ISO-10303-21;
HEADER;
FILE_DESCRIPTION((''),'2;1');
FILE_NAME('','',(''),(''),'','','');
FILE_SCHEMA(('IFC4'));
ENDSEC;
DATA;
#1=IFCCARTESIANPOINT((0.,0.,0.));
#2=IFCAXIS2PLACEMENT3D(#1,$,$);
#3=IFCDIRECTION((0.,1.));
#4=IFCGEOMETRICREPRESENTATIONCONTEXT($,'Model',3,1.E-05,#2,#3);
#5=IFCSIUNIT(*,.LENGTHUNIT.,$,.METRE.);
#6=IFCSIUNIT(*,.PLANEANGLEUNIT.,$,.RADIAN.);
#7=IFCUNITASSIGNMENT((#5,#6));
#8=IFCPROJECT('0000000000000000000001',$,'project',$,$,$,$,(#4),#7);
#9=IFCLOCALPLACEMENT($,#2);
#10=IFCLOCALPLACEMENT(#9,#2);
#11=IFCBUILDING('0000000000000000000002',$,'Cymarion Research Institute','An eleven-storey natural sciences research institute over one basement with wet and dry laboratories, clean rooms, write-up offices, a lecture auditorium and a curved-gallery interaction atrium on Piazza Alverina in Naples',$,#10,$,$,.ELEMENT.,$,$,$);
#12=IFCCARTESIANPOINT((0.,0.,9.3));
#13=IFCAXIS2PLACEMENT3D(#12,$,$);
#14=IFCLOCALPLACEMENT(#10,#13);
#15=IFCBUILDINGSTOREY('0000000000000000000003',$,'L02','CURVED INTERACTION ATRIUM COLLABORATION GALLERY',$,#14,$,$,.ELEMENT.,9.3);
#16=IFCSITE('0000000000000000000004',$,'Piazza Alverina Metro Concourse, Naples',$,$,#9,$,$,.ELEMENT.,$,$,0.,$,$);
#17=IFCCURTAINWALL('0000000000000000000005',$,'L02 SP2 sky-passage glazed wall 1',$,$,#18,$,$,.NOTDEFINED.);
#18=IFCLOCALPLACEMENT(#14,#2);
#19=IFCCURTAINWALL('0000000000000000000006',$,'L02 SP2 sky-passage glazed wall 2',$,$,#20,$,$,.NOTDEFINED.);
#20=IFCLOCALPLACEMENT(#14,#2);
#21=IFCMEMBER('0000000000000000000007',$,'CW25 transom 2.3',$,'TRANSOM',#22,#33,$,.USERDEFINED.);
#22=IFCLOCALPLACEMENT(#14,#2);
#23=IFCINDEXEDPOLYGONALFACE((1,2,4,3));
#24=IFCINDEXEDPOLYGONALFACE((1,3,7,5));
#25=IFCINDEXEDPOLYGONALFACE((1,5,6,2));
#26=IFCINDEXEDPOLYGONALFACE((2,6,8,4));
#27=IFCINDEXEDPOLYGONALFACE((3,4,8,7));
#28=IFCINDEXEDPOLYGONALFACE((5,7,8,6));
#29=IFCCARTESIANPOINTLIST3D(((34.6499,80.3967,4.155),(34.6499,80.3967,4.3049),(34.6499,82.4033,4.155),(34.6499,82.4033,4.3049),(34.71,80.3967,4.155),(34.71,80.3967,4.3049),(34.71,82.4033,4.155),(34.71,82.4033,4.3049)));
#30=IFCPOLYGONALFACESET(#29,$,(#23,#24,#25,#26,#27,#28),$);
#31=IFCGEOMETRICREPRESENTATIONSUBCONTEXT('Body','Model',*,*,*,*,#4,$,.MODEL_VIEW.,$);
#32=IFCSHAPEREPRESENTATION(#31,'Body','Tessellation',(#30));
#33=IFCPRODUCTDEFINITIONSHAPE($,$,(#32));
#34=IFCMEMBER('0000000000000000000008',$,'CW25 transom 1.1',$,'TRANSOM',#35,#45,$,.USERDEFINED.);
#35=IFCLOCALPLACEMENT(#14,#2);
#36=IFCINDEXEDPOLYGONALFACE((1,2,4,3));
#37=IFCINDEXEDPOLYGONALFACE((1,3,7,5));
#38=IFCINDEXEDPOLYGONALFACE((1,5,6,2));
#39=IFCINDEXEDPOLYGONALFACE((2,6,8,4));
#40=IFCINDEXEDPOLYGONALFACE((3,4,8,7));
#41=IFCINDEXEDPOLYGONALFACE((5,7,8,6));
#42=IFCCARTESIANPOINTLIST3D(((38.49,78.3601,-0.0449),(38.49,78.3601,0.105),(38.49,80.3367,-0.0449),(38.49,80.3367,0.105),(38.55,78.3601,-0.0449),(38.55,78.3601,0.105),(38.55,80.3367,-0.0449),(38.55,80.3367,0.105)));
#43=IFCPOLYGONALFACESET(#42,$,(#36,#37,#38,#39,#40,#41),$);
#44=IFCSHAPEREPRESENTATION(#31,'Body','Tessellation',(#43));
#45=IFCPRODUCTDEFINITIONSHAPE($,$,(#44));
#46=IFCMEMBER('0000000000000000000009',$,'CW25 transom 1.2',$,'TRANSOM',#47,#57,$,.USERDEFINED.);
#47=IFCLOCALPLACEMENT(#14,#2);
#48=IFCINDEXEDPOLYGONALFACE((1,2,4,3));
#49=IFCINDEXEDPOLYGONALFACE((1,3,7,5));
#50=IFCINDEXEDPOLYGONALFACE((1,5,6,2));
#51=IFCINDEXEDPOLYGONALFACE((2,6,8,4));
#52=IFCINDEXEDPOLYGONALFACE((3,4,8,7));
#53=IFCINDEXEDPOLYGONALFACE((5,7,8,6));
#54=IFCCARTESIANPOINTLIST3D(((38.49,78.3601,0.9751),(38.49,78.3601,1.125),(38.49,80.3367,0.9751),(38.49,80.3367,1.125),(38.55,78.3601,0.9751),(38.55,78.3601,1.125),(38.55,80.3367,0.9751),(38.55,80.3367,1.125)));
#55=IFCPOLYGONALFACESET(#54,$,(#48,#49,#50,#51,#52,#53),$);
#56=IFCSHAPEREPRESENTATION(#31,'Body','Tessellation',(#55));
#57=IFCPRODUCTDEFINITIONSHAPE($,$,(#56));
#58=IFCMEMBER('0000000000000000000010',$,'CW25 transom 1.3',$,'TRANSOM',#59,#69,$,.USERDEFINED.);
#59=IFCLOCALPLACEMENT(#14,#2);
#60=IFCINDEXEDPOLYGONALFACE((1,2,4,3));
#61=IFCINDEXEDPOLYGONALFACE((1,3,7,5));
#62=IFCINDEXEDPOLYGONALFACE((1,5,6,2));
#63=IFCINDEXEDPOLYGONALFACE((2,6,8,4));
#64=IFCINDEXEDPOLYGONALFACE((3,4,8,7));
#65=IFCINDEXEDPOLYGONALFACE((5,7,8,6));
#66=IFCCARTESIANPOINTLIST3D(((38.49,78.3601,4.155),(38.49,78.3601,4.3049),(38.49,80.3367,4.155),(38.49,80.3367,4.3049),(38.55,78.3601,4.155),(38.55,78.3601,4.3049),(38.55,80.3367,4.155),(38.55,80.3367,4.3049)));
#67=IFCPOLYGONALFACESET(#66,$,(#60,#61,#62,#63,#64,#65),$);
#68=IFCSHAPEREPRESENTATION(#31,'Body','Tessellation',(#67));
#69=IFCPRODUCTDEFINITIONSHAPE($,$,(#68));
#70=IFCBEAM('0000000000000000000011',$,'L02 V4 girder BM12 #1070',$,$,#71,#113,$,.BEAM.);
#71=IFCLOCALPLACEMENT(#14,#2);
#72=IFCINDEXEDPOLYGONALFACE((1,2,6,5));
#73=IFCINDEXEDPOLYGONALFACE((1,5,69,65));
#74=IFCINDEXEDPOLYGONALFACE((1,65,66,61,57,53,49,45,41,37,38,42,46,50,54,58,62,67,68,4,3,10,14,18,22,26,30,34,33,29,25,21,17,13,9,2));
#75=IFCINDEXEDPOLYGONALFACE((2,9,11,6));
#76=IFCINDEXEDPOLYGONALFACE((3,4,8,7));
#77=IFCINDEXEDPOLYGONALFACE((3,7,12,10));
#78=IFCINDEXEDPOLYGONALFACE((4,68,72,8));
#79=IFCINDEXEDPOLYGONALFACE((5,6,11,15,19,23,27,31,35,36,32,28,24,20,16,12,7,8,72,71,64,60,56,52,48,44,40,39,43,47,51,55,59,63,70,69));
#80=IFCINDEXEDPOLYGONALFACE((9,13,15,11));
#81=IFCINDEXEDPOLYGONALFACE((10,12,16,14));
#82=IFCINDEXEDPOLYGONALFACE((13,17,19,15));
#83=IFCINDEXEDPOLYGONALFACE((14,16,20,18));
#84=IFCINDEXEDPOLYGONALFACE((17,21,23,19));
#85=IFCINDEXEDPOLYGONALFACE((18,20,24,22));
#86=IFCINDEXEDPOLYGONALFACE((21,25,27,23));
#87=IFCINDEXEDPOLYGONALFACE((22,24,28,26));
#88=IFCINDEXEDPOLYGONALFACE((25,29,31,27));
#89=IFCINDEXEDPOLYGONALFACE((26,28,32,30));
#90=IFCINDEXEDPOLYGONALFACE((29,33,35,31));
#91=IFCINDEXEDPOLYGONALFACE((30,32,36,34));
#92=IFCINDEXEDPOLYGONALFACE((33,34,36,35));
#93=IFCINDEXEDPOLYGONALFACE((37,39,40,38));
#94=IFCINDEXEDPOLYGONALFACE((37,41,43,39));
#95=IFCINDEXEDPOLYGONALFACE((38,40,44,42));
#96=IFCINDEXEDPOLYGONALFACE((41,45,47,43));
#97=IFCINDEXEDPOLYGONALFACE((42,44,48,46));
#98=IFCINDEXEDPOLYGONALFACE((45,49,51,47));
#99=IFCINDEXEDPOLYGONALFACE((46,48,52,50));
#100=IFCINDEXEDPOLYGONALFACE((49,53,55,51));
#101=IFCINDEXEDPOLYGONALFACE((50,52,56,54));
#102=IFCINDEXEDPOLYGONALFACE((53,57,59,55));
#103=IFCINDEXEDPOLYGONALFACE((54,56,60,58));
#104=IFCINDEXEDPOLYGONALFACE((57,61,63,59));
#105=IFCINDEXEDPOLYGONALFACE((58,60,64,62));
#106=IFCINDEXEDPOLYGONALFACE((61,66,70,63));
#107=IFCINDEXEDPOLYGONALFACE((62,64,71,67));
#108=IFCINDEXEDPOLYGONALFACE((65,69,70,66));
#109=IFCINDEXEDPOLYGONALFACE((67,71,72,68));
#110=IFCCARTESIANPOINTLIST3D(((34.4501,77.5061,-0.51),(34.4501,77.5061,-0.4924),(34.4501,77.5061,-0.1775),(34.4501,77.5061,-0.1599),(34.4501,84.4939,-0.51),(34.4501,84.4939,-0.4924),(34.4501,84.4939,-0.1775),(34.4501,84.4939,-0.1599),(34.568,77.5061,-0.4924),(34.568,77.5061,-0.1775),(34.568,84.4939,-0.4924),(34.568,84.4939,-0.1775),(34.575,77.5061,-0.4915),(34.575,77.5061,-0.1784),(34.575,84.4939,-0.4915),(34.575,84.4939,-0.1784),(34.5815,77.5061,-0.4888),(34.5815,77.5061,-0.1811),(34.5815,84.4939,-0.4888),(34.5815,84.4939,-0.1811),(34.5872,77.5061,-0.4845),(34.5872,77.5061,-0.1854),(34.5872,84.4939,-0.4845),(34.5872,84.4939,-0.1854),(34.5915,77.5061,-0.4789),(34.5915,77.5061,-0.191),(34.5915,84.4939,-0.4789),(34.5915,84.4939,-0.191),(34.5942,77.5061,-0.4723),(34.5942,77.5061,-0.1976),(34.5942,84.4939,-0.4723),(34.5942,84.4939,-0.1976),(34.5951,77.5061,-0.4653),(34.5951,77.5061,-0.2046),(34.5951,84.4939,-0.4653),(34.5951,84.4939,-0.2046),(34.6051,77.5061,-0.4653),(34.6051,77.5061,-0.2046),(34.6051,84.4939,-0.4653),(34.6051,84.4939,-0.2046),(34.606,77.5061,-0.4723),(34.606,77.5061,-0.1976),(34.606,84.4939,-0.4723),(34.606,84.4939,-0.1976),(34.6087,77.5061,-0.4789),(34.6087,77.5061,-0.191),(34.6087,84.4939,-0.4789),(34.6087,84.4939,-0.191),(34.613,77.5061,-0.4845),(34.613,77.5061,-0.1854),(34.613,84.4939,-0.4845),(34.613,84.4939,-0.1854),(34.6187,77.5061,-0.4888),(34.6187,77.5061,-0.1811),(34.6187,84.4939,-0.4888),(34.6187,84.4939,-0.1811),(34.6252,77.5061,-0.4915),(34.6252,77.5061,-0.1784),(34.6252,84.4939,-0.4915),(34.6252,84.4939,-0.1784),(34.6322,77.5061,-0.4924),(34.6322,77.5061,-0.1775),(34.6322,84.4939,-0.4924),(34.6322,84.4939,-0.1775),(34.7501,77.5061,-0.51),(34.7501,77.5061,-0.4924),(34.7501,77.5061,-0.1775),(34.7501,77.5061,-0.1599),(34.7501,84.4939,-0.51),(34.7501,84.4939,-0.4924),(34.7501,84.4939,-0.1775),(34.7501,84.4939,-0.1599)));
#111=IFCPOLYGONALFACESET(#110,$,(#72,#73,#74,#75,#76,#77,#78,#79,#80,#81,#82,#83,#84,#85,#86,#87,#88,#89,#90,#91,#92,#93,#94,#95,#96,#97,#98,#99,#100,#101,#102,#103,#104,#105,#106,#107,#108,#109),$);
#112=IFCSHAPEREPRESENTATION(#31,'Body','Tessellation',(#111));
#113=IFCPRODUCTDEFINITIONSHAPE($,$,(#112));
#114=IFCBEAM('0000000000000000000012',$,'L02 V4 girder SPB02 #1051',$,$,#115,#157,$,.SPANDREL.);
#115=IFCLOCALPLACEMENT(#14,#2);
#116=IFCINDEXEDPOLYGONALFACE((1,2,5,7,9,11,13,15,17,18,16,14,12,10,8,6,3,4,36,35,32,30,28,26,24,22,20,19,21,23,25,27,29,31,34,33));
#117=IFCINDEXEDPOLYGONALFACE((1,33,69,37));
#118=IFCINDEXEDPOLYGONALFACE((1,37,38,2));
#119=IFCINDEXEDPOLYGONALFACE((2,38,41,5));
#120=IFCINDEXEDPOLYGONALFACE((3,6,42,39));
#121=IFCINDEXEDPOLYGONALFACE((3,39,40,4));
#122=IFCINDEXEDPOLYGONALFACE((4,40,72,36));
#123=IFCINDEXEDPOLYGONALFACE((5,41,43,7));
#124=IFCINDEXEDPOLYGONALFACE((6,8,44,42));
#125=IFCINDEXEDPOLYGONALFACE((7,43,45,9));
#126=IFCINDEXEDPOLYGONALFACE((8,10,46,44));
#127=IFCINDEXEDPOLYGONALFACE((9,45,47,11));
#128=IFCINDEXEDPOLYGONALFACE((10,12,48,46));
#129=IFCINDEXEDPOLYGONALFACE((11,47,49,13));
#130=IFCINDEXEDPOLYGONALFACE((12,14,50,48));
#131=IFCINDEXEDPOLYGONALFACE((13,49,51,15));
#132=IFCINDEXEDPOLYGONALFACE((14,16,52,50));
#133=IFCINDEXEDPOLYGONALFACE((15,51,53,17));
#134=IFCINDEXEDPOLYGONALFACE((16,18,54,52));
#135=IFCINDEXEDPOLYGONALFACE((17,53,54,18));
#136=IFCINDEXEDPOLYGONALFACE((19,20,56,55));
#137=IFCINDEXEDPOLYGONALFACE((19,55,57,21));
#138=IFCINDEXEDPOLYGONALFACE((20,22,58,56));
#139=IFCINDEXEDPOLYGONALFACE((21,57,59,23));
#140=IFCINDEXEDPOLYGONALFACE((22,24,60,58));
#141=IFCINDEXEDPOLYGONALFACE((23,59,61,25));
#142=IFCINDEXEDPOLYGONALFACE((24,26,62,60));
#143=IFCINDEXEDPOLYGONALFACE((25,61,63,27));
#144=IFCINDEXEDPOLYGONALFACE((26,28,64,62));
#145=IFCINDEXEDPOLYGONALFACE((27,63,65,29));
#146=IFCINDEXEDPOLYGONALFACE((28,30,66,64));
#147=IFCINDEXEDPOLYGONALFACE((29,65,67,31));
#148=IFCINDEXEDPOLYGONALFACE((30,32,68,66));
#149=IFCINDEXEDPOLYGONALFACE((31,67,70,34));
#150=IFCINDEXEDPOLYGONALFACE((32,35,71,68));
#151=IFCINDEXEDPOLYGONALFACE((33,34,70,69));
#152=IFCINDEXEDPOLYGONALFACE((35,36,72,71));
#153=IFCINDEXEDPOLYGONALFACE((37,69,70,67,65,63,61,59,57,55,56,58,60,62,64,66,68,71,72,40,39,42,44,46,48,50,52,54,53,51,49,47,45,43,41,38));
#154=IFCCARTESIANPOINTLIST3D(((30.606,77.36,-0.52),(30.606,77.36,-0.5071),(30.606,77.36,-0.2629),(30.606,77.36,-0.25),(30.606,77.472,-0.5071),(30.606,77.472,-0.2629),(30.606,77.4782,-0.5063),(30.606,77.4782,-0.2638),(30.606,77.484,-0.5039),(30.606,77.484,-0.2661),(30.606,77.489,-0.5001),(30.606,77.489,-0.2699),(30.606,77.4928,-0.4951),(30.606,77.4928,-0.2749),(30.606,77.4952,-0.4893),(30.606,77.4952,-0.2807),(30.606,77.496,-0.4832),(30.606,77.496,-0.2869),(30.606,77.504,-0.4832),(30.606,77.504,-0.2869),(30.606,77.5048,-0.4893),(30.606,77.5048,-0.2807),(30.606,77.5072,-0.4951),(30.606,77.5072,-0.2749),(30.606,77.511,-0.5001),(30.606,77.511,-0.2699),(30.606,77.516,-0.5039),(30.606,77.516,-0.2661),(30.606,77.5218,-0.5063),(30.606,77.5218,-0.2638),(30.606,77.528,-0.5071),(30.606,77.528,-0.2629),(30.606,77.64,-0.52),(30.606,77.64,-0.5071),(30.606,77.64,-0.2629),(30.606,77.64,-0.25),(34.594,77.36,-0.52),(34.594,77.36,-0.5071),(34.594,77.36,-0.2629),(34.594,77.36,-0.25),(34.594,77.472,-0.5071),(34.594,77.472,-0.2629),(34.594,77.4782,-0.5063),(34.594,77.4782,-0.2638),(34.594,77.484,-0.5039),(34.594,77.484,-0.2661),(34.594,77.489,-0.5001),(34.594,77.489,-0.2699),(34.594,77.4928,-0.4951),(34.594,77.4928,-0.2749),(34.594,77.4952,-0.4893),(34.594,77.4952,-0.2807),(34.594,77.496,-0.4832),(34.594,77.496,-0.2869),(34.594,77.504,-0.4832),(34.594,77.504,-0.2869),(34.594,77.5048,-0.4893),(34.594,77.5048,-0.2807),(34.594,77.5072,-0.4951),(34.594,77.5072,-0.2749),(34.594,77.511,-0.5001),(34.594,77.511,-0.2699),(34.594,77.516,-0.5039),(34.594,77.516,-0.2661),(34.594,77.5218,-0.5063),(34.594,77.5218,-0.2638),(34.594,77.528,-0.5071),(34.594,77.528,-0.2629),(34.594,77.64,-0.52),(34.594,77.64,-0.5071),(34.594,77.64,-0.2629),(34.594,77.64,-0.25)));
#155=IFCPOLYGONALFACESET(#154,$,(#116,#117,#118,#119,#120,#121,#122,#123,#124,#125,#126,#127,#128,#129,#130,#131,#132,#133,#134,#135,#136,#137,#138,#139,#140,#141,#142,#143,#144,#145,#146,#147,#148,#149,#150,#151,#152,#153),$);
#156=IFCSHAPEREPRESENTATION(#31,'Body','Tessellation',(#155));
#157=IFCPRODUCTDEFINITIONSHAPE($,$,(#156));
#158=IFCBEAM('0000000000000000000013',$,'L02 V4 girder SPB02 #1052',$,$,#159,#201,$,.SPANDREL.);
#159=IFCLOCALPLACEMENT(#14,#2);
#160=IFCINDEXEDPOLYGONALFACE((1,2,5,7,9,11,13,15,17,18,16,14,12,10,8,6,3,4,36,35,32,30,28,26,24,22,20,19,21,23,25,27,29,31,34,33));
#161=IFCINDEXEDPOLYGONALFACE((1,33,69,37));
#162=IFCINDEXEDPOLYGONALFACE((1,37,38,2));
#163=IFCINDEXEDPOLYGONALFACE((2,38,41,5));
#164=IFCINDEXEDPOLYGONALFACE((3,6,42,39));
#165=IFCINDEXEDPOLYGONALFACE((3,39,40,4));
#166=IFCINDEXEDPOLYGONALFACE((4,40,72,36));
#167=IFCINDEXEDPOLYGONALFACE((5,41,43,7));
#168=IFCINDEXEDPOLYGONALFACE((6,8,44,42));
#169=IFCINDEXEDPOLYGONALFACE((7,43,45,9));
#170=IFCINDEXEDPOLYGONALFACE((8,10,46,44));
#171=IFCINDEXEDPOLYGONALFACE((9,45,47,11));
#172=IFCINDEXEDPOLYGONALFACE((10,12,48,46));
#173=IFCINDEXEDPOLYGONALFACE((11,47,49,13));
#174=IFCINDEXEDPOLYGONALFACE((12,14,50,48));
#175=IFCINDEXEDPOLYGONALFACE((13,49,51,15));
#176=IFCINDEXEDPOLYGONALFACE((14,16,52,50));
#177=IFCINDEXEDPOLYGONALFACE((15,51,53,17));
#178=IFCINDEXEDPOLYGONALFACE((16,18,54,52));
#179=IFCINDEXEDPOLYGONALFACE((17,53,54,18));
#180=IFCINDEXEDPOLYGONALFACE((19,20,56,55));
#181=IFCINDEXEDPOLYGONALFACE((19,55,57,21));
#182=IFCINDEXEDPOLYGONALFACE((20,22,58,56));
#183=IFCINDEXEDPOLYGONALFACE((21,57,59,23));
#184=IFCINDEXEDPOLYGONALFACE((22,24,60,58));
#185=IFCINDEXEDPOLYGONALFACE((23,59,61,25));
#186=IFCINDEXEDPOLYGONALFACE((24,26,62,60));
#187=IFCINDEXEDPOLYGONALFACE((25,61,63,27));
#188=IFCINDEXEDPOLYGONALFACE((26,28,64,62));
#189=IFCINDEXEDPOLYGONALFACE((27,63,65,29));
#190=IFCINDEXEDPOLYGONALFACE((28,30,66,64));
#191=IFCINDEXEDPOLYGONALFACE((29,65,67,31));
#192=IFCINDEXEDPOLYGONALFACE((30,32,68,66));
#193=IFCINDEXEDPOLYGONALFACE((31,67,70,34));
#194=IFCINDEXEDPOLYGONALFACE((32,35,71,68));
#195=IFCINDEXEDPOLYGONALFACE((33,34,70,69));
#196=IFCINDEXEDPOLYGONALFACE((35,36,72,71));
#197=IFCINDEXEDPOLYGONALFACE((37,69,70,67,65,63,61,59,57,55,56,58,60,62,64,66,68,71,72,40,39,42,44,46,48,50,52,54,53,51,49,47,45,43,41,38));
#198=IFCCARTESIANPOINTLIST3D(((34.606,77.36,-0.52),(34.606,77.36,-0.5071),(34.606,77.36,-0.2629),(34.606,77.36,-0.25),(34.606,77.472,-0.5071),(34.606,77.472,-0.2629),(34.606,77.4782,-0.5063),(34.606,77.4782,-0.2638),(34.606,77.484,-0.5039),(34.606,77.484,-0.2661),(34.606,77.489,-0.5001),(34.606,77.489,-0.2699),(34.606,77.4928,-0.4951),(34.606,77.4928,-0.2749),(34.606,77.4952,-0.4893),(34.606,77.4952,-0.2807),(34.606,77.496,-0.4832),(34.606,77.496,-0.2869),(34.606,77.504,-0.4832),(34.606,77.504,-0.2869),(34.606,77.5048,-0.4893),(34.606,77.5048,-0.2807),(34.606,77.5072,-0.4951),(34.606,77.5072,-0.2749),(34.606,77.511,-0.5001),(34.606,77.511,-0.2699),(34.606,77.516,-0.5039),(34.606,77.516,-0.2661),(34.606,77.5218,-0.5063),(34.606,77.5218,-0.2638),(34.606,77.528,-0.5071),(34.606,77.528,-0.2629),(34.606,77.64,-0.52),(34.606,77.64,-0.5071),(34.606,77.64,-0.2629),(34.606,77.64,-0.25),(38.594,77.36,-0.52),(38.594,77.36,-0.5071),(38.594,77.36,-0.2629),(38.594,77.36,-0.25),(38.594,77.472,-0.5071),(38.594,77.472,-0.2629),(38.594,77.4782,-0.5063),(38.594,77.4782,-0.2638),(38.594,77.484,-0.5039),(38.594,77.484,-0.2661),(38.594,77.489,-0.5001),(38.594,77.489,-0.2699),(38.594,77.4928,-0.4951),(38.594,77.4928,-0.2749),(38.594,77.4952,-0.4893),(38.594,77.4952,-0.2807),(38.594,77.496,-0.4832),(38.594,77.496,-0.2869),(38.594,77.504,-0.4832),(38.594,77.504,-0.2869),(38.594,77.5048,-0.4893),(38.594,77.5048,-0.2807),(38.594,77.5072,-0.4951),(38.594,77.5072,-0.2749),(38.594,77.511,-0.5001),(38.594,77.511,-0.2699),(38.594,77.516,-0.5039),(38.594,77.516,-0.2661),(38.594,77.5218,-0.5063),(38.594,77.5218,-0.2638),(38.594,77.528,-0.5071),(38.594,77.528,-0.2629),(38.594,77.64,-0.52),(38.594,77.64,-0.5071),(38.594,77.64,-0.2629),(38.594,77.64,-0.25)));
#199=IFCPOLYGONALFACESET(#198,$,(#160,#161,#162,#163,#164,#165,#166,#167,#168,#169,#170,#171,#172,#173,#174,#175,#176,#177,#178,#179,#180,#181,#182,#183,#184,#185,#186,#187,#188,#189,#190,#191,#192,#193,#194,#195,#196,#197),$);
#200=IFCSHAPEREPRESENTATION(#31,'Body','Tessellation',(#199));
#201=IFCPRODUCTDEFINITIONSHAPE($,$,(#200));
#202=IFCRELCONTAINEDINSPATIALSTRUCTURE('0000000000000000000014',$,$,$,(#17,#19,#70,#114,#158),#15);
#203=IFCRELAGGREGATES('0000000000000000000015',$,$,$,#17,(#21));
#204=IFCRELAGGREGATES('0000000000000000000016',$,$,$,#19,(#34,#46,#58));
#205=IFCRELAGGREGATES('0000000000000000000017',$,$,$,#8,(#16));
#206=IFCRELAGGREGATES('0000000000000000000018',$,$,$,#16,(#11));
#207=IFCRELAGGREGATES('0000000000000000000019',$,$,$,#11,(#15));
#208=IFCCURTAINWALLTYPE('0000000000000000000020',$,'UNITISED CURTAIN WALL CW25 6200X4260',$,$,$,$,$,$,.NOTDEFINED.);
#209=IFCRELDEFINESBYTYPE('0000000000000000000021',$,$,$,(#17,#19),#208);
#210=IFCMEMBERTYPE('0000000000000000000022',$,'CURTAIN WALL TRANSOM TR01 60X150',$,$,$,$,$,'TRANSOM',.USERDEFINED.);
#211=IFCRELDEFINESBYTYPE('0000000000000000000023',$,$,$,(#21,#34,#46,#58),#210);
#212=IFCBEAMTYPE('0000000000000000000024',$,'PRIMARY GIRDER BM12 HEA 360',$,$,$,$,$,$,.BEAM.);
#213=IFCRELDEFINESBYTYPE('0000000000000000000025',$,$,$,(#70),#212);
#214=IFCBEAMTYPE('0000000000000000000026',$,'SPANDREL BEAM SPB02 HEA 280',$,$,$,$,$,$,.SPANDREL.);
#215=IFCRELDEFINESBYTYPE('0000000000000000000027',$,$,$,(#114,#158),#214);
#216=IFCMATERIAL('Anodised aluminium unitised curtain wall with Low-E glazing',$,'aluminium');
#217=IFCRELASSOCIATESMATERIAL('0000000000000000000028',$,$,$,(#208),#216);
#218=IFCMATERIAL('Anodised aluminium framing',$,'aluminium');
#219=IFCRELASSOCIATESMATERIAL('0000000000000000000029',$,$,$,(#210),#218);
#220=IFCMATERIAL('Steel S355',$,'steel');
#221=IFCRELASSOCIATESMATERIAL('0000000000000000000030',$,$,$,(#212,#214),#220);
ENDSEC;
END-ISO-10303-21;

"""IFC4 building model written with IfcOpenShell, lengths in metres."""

from ifc_helpers import new_model, si_unit, direction, frame, origin, origin_2d, place, context, subcontext, project, spatial, rectangle, i_section, extrude, material, material_profile, profile_set, type_object, element, aggregate, save


model = new_model("IFC4")

# Units and contexts
model_context = context("Model", 3, precision=1e-05, world=origin(), true_north=direction((0.0, 1.0)))
body_context = subcontext(model_context, "Body", "Model", "MODEL_VIEW")
ifc_project = project(units=[si_unit("LENGTHUNIT", "METRE"), si_unit("PLANEANGLEUNIT", "RADIAN")], contexts=[model_context])

# Site, building, storey
site_placement = place(None, origin())
site = spatial("IfcSite", under=ifc_project, at=site_placement, Name="Piazza Alverina Metro Concourse, Naples", CompositionType="ELEMENT", RefElevation=0.0)
building_placement = place(site_placement, origin())
building = spatial("IfcBuilding", under=site, at=building_placement, Name="Cymarion Research Institute", Description="An eleven-storey natural sciences research institute over one basement with wet and dry laboratories, clean rooms, write-up offices, a lecture auditorium and a curved-gallery interaction atrium on Piazza Alverina in Naples", CompositionType="ELEMENT")
storey_placement = place(building_placement, frame((0.0, 0.0, 9.3)))
storey = spatial("IfcBuildingStorey", under=building, at=storey_placement, Name="L02", Description="CURVED INTERACTION ATRIUM COLLABORATION GALLERY", CompositionType="ELEMENT", Elevation=9.3)

# Shared definitions
ifc_material_1 = material(Name="Steel S355", Category="steel")

# Curtain walls
ifc_material_2 = material(Name="Anodised aluminium unitised curtain wall with Low-E glazing", Category="aluminium")
curtain_wall_type = type_object("IfcCurtainWallType", Name="UNITISED CURTAIN WALL CW25 6200X4260", PredefinedType="NOTDEFINED", material=ifc_material_2)
curtain_wall_1_placement = place(storey_placement, origin())
curtain_wall_1 = element("IfcCurtainWall", 1, at=curtain_wall_1_placement, inside=storey, type_object=curtain_wall_type, Name="L02 SP2 sky-passage glazed wall 1", PredefinedType="NOTDEFINED")
ifc_material_3 = material(Name="Anodised aluminium framing", Category="aluminium")
curtain_wall_2_placement = place(storey_placement, origin())
curtain_wall_2 = element("IfcCurtainWall", 2, at=curtain_wall_2_placement, inside=storey, type_object=curtain_wall_type, Name="L02 SP2 sky-passage glazed wall 2", PredefinedType="NOTDEFINED")

# Members
ifc_material_profile_1 = material_profile(ifc_material_3, rectangle(XDim=0.0601, YDim=0.1499, at=origin_2d()), Name="ALU TRANSOM 60x150")
ifc_profile_set_1 = profile_set([ifc_material_profile_1], Name="Anodised aluminium framing")
member_type_1 = type_object("IfcMemberType", Name="CURTAIN WALL TRANSOM TR01 60X150", ElementType="TRANSOM", PredefinedType="USERDEFINED", material=ifc_profile_set_1)
member_1_placement = place(storey_placement, frame((34.6799, 80.3967, 4.23), z_axis=(0.0, 1.0, 0.0), x_axis=(-1.0, 0.0, 0.0)))
member_1 = element("IfcMember", 3, at=member_1_placement, type_object=member_type_1, Name="CW25 transom 2.3", ObjectType="TRANSOM", PredefinedType="USERDEFINED", context=body_context, shape_type="SweptSolid", body=[
    extrude(rectangle(XDim=0.0601, YDim=0.1499, at=origin_2d()), origin(), (0.0, 0.0, 1.0), 2.0066),
])
member_2_placement = place(storey_placement, frame((38.52, 78.3601, 0.03), z_axis=(0.0, 1.0, 0.0), x_axis=(-1.0, 0.0, 0.0)))
member_2 = element("IfcMember", 4, at=member_2_placement, type_object=member_type_1, Name="CW25 transom 1.1", ObjectType="TRANSOM", PredefinedType="USERDEFINED", context=body_context, shape_type="SweptSolid", body=[
    extrude(rectangle(XDim=0.0601, YDim=0.1499, at=origin_2d()), origin(), (0.0, 0.0, 1.0), 1.9766),
])
member_3_placement = place(storey_placement, frame((38.52, 78.3601, 1.05), z_axis=(0.0, 1.0, 0.0), x_axis=(-1.0, 0.0, 0.0)))
member_3 = element("IfcMember", 5, at=member_3_placement, type_object=member_type_1, Name="CW25 transom 1.2", ObjectType="TRANSOM", PredefinedType="USERDEFINED", context=body_context, shape_type="SweptSolid", body=[
    extrude(rectangle(XDim=0.0601, YDim=0.1499, at=origin_2d()), origin(), (0.0, 0.0, 1.0), 1.9766),
])
member_4_placement = place(storey_placement, frame((38.52, 78.3601, 4.23), z_axis=(0.0, 1.0, 0.0), x_axis=(-1.0, 0.0, 0.0)))
member_4 = element("IfcMember", 6, at=member_4_placement, type_object=member_type_1, Name="CW25 transom 1.3", ObjectType="TRANSOM", PredefinedType="USERDEFINED", context=body_context, shape_type="SweptSolid", body=[
    extrude(rectangle(XDim=0.0601, YDim=0.1499, at=origin_2d()), origin(), (0.0, 0.0, 1.0), 1.9766),
])

# Beams
ifc_material_profile_2 = material_profile(ifc_material_1, i_section(OverallWidth=0.3, OverallDepth=0.3501, WebThickness=0.01, FlangeThickness=0.0176, FilletRadius=0.0271, at=origin_2d()), Name="HEA 360")
ifc_profile_set_2 = profile_set([ifc_material_profile_2], Name="Steel S355")
beam_type_1 = type_object("IfcBeamType", Name="PRIMARY GIRDER BM12 HEA 360", PredefinedType="BEAM", material=ifc_profile_set_2)
beam_placement = place(storey_placement, frame((34.6001, 77.5061, -0.335), z_axis=(0.0, 1.0, 0.0), x_axis=(-1.0, 0.0, 0.0)))
element("IfcBeam", 7, at=beam_placement, inside=storey, type_object=beam_type_1, Name="L02 V4 girder BM12 #1070", PredefinedType="BEAM", context=body_context, shape_type="SweptSolid", body=[
    extrude(i_section(OverallWidth=0.3, OverallDepth=0.3501, WebThickness=0.01, FlangeThickness=0.0176, FilletRadius=0.0271, at=origin_2d()), origin(), (0.0, 0.0, 1.0), 6.9878),
])
ifc_material_profile_3 = material_profile(ifc_material_1, i_section(OverallWidth=0.28, OverallDepth=0.27, WebThickness=0.0081, FlangeThickness=0.0129, FilletRadius=0.0239, at=origin_2d()), Name="HEA 280")
ifc_profile_set_3 = profile_set([ifc_material_profile_3], Name="Steel S355")
beam_type_2 = type_object("IfcBeamType", Name="SPANDREL BEAM SPB02 HEA 280", PredefinedType="SPANDREL", material=ifc_profile_set_3)
for number, where, z_axis, x_axis, name in (
    (8, (30.606, 77.5, -0.385), (1.0, 0.0, 0.0), (0.0, 1.0, 0.0), "L02 V4 girder SPB02 #1051"),
    (9, (34.606, 77.5, -0.385), (1.0, 0.0, 0.0), (0.0, 1.0, 0.0), "L02 V4 girder SPB02 #1052"),
):
    element("IfcBeam", number, at=place(storey_placement, frame(where, z_axis=z_axis, x_axis=x_axis)), inside=storey, type_object=beam_type_2, Name=name, PredefinedType="SPANDREL", context=body_context, shape_type="SweptSolid", body=[
        extrude(i_section(OverallWidth=0.28, OverallDepth=0.27, WebThickness=0.0081, FlangeThickness=0.0129, FilletRadius=0.0239, at=origin_2d()), origin(), (0.0, 0.0, 1.0), 3.988),
    ])

aggregate(curtain_wall_1, [member_1])
aggregate(curtain_wall_2, [member_2, member_3, member_4])

save(model, "model.ifc")
